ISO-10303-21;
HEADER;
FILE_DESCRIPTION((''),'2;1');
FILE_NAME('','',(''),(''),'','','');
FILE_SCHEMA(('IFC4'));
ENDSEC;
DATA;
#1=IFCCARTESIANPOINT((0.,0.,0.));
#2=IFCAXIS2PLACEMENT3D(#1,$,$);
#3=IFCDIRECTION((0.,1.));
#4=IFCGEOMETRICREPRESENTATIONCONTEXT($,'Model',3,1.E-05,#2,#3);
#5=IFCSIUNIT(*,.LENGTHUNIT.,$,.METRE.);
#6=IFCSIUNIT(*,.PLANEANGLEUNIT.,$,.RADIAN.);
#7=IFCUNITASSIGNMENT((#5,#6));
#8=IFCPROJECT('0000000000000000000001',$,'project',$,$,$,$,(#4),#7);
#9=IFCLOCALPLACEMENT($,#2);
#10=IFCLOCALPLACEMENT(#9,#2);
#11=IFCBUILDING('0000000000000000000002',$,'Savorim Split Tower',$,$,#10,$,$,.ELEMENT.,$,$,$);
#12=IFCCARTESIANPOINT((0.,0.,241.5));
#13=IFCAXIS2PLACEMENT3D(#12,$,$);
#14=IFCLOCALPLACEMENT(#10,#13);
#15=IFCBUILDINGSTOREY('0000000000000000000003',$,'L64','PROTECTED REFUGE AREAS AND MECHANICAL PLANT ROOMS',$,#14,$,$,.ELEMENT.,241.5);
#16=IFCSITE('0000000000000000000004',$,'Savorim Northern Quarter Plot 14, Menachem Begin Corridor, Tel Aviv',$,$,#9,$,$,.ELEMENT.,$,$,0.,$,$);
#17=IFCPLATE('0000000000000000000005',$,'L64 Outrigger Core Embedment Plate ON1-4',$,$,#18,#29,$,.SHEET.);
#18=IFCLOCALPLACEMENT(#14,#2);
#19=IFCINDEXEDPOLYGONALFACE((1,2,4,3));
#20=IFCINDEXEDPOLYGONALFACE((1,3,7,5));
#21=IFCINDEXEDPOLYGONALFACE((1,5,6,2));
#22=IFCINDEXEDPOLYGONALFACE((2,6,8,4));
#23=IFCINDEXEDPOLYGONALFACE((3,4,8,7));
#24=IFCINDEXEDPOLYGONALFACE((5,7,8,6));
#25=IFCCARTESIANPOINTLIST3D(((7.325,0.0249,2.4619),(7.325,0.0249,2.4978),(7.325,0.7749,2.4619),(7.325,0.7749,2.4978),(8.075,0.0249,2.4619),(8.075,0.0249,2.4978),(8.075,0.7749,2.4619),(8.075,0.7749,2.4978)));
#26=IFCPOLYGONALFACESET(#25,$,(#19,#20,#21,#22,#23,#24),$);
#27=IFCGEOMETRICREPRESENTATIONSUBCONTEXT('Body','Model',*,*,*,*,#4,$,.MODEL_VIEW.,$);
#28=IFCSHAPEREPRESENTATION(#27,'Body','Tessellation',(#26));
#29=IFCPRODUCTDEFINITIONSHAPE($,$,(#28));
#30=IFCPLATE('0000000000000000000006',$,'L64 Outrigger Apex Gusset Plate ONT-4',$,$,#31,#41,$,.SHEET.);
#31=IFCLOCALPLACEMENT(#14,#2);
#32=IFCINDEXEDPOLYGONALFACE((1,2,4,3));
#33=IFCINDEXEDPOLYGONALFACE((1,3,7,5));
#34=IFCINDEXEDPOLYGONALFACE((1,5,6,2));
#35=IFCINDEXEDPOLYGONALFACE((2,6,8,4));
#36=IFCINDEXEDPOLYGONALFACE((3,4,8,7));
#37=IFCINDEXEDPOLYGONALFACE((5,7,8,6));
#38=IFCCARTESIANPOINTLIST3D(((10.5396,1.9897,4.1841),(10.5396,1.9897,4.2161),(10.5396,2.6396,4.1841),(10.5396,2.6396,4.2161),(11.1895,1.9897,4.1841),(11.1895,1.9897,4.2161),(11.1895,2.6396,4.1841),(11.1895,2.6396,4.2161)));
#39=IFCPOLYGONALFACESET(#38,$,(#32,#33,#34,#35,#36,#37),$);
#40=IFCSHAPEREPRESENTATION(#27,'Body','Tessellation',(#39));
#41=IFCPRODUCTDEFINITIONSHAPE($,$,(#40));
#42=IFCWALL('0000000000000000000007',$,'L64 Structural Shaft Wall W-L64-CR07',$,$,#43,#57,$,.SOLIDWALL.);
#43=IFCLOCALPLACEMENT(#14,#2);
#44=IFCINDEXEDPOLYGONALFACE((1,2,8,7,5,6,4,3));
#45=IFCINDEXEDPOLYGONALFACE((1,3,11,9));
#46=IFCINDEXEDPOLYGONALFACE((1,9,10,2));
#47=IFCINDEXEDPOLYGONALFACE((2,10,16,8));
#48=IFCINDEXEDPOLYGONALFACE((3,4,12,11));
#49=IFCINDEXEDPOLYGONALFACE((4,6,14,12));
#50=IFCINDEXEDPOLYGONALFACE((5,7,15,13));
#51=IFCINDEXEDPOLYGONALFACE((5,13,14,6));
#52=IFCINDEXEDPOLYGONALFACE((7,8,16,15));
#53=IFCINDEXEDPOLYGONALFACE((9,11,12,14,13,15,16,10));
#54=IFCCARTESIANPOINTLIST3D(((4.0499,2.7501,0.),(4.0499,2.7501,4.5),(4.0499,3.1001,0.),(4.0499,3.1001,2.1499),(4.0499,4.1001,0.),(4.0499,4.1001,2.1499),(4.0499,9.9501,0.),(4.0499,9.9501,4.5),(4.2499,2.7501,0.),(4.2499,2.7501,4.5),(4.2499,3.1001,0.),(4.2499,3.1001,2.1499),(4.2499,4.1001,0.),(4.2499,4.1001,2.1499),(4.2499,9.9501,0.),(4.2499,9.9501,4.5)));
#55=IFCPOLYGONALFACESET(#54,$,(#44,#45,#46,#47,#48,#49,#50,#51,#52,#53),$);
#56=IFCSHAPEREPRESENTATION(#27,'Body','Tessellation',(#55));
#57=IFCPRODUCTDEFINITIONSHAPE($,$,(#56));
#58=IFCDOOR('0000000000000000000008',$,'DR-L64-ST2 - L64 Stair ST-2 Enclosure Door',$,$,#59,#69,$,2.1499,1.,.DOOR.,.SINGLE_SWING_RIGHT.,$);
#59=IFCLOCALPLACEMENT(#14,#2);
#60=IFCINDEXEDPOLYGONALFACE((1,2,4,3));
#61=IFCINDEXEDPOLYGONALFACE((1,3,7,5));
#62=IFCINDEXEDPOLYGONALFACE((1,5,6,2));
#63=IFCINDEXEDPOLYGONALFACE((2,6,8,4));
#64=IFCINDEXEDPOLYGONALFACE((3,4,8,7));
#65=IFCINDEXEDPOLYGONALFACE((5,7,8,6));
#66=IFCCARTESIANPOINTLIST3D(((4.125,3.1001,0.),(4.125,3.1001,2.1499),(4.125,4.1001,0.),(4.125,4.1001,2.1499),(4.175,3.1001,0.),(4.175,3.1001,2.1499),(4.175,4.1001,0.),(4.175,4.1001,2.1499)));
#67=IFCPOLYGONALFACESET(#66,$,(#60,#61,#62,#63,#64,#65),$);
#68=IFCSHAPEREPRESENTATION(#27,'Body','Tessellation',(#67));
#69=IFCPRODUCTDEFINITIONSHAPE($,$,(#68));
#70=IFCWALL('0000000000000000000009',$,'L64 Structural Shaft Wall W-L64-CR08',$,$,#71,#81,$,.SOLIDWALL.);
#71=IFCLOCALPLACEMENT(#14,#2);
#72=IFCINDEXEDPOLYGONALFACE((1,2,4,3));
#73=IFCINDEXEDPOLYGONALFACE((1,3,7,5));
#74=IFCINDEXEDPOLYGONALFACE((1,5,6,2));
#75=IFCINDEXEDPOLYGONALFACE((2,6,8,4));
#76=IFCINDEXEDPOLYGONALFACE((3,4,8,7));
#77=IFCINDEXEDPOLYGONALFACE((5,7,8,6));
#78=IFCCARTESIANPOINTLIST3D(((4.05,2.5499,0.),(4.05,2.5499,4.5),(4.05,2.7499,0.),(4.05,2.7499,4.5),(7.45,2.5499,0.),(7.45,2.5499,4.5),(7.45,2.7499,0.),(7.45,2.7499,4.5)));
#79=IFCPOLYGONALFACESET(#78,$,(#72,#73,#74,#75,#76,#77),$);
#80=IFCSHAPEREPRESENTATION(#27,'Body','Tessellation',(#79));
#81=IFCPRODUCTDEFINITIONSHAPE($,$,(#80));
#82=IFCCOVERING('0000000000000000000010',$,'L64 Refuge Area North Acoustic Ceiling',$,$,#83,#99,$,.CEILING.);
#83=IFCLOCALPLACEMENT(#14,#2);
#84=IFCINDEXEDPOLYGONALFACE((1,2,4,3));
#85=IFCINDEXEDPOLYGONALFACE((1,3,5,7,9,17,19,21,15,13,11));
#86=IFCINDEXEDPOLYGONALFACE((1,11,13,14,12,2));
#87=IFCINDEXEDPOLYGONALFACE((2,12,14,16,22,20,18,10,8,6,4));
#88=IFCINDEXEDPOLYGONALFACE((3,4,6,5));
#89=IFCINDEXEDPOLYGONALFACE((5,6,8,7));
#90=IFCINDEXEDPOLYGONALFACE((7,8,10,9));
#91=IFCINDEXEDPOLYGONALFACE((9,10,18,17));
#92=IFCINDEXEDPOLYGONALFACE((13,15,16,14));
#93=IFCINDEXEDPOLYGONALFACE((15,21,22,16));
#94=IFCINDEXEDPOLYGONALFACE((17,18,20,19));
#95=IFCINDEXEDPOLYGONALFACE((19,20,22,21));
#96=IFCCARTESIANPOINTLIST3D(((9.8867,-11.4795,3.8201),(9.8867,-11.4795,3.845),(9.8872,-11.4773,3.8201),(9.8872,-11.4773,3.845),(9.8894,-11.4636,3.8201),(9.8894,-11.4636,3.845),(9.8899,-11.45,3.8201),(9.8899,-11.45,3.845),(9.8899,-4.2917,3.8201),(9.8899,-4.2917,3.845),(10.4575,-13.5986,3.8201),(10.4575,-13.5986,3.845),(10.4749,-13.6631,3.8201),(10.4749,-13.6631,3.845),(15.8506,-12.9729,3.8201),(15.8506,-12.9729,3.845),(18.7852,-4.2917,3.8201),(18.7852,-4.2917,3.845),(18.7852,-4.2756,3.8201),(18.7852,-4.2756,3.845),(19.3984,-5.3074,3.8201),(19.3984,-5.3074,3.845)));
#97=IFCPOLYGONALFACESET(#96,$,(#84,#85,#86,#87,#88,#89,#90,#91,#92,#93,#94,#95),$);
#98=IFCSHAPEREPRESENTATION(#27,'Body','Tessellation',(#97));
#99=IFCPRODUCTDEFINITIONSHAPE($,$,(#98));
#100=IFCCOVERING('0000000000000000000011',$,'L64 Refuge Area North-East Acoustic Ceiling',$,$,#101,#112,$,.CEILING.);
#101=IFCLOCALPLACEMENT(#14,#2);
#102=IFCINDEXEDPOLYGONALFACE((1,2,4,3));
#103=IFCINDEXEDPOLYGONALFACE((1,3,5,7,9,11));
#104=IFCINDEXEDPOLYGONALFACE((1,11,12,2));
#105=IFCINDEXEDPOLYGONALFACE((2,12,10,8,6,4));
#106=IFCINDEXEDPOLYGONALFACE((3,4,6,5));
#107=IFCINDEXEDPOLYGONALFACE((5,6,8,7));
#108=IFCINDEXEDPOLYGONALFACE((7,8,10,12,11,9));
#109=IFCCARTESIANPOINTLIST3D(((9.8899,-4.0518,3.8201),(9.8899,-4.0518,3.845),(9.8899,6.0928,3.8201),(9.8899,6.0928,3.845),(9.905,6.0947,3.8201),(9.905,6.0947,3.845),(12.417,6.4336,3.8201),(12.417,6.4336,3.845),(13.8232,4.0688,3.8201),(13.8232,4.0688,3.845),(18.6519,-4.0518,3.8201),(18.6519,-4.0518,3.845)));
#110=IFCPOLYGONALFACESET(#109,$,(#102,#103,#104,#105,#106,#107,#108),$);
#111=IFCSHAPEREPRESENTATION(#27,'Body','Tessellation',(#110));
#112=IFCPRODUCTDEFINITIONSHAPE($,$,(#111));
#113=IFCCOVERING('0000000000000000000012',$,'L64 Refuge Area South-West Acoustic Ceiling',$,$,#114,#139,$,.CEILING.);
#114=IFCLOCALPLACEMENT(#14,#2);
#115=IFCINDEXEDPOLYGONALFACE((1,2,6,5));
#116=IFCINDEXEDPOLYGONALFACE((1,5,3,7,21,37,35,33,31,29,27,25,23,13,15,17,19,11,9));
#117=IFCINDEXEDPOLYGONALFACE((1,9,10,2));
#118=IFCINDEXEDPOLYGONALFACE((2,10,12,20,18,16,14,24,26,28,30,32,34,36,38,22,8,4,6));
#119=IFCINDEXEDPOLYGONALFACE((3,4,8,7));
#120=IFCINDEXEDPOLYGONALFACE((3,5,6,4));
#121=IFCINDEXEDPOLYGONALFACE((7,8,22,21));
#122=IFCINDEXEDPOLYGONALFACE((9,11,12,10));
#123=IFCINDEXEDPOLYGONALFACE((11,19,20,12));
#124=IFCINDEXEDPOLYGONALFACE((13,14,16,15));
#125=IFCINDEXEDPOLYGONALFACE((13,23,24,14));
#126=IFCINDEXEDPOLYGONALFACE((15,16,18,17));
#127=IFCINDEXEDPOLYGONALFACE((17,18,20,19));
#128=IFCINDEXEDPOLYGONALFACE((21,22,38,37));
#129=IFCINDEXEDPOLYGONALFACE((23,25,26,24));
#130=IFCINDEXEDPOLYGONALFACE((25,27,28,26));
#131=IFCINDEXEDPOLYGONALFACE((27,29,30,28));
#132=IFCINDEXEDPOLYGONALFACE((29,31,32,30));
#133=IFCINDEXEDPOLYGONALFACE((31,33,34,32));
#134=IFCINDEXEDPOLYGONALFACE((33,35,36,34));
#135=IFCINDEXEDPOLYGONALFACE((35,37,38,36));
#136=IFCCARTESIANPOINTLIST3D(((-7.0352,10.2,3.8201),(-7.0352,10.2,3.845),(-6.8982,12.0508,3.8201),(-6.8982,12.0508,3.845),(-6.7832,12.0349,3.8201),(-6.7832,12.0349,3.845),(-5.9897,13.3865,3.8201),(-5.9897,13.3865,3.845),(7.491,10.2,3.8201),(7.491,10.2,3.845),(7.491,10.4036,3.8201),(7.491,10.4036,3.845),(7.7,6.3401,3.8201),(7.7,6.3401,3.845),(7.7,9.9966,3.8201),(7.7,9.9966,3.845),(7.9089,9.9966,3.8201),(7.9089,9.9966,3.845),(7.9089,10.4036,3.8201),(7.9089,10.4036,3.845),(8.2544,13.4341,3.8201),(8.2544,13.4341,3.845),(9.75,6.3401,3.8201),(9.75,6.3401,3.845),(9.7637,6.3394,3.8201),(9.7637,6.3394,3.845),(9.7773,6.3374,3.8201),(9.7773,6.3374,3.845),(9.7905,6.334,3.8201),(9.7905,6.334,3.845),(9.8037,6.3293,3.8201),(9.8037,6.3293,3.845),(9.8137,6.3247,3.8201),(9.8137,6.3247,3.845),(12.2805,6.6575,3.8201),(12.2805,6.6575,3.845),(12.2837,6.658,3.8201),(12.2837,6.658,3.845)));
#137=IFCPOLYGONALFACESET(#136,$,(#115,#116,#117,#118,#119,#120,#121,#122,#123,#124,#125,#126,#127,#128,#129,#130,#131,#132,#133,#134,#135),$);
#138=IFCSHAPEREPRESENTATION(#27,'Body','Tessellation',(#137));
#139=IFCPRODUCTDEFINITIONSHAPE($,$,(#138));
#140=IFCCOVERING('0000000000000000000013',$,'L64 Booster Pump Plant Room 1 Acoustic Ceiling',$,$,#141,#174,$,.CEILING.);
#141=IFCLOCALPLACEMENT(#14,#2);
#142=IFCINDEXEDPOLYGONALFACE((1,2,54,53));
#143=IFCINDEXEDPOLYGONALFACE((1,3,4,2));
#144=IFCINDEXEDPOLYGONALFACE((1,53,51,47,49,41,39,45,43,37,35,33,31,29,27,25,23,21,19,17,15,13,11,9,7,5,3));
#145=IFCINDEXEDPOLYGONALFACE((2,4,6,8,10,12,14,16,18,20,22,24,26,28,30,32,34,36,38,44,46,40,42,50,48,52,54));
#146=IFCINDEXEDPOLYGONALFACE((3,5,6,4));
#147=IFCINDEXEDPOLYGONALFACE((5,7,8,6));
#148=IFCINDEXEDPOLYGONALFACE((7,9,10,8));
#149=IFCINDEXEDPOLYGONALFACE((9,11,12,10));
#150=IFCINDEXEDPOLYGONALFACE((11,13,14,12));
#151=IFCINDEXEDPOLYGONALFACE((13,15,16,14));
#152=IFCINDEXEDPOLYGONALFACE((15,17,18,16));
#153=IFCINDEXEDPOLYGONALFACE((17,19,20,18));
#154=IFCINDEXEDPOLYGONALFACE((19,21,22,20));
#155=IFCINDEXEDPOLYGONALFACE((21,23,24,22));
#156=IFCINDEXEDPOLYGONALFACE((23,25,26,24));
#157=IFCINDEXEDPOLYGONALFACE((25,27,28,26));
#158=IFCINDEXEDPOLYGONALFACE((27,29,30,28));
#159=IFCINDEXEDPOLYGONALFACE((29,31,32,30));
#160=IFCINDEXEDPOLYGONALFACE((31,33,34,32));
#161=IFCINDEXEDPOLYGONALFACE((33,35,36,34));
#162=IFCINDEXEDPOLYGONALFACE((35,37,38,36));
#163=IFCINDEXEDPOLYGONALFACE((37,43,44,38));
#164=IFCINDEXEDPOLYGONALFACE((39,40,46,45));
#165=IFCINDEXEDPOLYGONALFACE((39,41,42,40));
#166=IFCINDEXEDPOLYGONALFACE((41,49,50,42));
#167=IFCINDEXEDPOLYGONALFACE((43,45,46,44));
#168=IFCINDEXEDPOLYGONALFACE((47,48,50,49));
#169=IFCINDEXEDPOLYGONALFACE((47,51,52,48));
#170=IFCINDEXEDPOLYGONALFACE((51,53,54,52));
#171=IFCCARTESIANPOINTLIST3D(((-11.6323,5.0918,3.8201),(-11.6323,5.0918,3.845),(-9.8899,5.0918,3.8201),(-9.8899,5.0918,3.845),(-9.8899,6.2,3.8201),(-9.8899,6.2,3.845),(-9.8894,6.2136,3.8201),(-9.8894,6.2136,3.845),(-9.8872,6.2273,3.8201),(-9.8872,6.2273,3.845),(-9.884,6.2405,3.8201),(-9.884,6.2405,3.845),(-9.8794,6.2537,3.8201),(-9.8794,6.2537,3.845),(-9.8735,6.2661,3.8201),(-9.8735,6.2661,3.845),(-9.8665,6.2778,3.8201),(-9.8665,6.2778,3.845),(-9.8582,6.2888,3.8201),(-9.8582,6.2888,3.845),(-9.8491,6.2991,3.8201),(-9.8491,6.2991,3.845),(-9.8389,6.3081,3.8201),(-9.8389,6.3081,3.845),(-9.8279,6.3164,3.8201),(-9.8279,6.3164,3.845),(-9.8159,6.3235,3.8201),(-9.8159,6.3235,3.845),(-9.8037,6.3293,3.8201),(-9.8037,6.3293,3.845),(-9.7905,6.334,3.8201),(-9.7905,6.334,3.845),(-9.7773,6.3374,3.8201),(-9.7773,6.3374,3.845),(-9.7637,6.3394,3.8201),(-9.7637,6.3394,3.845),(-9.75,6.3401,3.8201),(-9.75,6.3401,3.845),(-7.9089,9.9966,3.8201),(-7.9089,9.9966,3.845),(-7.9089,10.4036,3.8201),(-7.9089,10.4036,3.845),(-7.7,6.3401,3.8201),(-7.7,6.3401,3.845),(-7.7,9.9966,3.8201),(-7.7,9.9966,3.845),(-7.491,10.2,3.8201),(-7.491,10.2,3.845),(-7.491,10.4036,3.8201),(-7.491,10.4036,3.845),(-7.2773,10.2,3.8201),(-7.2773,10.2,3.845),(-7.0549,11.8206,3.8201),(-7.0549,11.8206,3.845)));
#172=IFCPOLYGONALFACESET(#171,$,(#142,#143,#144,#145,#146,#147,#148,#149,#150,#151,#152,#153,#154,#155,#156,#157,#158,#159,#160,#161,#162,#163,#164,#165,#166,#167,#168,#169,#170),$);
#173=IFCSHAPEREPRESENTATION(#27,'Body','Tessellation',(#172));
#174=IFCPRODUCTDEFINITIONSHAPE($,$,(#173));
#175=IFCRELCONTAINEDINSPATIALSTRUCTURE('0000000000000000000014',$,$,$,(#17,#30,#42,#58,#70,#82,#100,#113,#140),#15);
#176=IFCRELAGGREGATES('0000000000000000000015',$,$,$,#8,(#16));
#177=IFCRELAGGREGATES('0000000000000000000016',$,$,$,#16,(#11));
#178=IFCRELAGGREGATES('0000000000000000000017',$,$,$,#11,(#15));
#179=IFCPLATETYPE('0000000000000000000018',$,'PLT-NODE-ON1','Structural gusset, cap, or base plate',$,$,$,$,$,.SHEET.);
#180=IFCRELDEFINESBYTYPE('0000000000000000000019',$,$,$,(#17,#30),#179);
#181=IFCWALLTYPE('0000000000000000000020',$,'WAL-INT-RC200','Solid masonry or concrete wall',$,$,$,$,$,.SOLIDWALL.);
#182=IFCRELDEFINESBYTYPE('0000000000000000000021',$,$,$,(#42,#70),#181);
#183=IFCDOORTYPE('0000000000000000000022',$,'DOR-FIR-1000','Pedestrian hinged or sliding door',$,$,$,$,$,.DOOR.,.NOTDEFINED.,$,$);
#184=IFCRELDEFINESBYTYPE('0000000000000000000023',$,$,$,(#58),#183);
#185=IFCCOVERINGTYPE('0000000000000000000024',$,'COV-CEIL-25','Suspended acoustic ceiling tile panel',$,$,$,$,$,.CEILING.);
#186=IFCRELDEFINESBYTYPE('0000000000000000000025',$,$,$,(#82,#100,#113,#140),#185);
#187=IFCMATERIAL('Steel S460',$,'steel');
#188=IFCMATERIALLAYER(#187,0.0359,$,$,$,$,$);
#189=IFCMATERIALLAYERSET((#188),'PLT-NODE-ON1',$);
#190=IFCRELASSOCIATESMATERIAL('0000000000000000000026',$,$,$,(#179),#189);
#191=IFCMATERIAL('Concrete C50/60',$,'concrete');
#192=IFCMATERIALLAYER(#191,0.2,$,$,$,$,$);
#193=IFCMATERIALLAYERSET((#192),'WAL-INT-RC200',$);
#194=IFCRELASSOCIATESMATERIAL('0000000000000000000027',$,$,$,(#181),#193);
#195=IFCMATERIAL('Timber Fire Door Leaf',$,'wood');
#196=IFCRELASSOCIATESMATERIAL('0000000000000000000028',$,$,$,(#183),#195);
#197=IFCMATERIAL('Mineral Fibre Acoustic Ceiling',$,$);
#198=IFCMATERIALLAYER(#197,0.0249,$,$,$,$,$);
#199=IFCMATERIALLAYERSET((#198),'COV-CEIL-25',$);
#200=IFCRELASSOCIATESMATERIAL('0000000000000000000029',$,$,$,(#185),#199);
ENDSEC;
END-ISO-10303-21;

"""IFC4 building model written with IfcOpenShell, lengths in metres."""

from ifc_helpers import new_model, si_unit, direction, frame, frame_2d, origin, origin_2d, place, context, subcontext, project, spatial, polyline, rectangle, outline, extrude, material, layer, layer_set, type_object, element, fill, save


model = new_model("IFC4")

# Units and contexts
model_context = context("Model", 3, precision=1e-05, world=origin(), true_north=direction((0.0, 1.0)))
body_context = subcontext(model_context, "Body", "Model", "MODEL_VIEW")
ifc_project = project(units=[si_unit("LENGTHUNIT", "METRE"), si_unit("PLANEANGLEUNIT", "RADIAN")], contexts=[model_context])

# Site, building, storey
site_placement = place(None, origin())
site = spatial("IfcSite", under=ifc_project, at=site_placement, Name="Savorim Northern Quarter Plot 14, Menachem Begin Corridor, Tel Aviv", CompositionType="ELEMENT", RefElevation=0.0)
building_placement = place(site_placement, origin())
building = spatial("IfcBuilding", under=site, at=building_placement, Name="Savorim Split Tower", CompositionType="ELEMENT")
storey_placement = place(building_placement, frame((0.0, 0.0, 241.5)))
storey = spatial("IfcBuildingStorey", under=building, at=storey_placement, Name="L64", Description="PROTECTED REFUGE AREAS AND MECHANICAL PLANT ROOMS", CompositionType="ELEMENT", Elevation=241.5)

# Shared definitions
ifc_material_1 = material(Name="Steel S460", Category="steel")

# Plates
ifc_layer_1 = layer(ifc_material_1, 0.0359)
ifc_layer_set_1 = layer_set([ifc_layer_1], Name="PLT-NODE-ON1")
plate_type_1 = type_object("IfcPlateType", Name="PLT-NODE-ON1", Description="Structural gusset, cap, or base plate", PredefinedType="SHEET", material=ifc_layer_set_1)
plate_1_placement = place(storey_placement, frame((7.7, 0.3999, 2.4619), z_axis=(0.0, 0.0, 1.0), x_axis=(1.0, 0.0, 0.0)))
element("IfcPlate", 1, at=plate_1_placement, inside=storey, type_object=plate_type_1, Name="L64 Outrigger Core Embedment Plate ON1-4", PredefinedType="SHEET", context=body_context, shape_type="SweptSolid", body=[
    extrude(rectangle(XDim=0.75, YDim=0.75, at=origin_2d()), origin(), (0.0, 0.0, 1.0), 0.0359),
])
plate_2_placement = place(storey_placement, frame((10.8645, 2.3147, 4.1841), z_axis=(0.0, 0.0, 1.0), x_axis=(1.0, 0.0, 0.0)))
element("IfcPlate", 2, at=plate_2_placement, inside=storey, type_object=plate_type_1, Name="L64 Outrigger Apex Gusset Plate ONT-4", PredefinedType="SHEET", context=body_context, shape_type="SweptSolid", body=[
    extrude(rectangle(XDim=0.6499, YDim=0.6499, at=origin_2d()), origin(), (0.0, 0.0, 1.0), 0.032),
])

# Wall, opening, door
ifc_material_2 = material(Name="Concrete C50/60", Category="concrete")
ifc_layer_2 = layer(ifc_material_2, 0.2)
ifc_layer_set_2 = layer_set([ifc_layer_2], Name="WAL-INT-RC200")
wall_type = type_object("IfcWallType", Name="WAL-INT-RC200", Description="Solid masonry or concrete wall", PredefinedType="SOLIDWALL", material=ifc_layer_set_2)
wall_1_placement = place(storey_placement, frame((4.1499, 2.75, 0.0), z_axis=(0.0, 0.0, 1.0), x_axis=(0.0, 1.0, 0.0)))
wall_1 = element("IfcWall", 3, at=wall_1_placement, inside=storey, type_object=wall_type, Name="L64 Structural Shaft Wall W-L64-CR07", PredefinedType="SOLIDWALL", context=body_context, shape_type="SweptSolid", body=[
    extrude(rectangle(XDim=7.2, YDim=0.2, at=frame_2d((3.6001, 0.0))), origin(), (0.0, 0.0, 1.0), 4.5),
])
opening_1_placement = place(wall_1_placement, frame((0.3501, 0.0, 0.0)))
opening_1 = element("IfcOpeningElement", 4, at=opening_1_placement, cuts=wall_1, PredefinedType="OPENING", context=body_context, shape_type="SweptSolid", body=[
    extrude(rectangle(XDim=1.0, YDim=2.1499, at=frame_2d((0.5, 1.075))), frame((0.0, 0.1099, 0.0), z_axis=(0.0, -1.0, 0.0), x_axis=(1.0, 0.0, 0.0)), (0.0, 0.0, 1.0), 0.22),
])
ifc_material_3 = material(Name="Timber Fire Door Leaf", Category="wood")
door_type_1 = type_object("IfcDoorType", Name="DOR-FIR-1000", Description="Pedestrian hinged or sliding door", OperationType="NOTDEFINED", PredefinedType="DOOR", material=ifc_material_3)
door_1_placement = place(opening_1_placement, origin())
door_1 = element("IfcDoor", 5, at=door_1_placement, inside=storey, type_object=door_type_1, Name="DR-L64-ST2 - L64 Stair ST-2 Enclosure Door", OperationType="SINGLE_SWING_RIGHT", OverallHeight=2.1499, OverallWidth=1.0, PredefinedType="DOOR", context=body_context, shape_type="SweptSolid", body=[
    extrude(rectangle(XDim=1.0, YDim=2.1499, at=frame_2d((0.5, 1.075))), frame((0.0, 0.0249, 0.0), z_axis=(0.0, -1.0, 0.0), x_axis=(1.0, 0.0, 0.0)), (0.0, 0.0, 1.0), 0.05),
])
fill(opening_1, door_1)

# Wall
wall_2_placement = place(storey_placement, frame((4.05, 2.6499, 0.0), z_axis=(0.0, 0.0, 1.0), x_axis=(1.0, 0.0, 0.0)))
element("IfcWall", 6, at=wall_2_placement, inside=storey, type_object=wall_type, Name="L64 Structural Shaft Wall W-L64-CR08", PredefinedType="SOLIDWALL", context=body_context, shape_type="SweptSolid", body=[
    extrude(rectangle(XDim=3.3999, YDim=0.2, at=frame_2d((1.7, 0.0))), origin(), (0.0, 0.0, 1.0), 4.5),
])

# Coverings
ifc_material_4 = material(Name="Mineral Fibre Acoustic Ceiling")
ifc_layer_3 = layer(ifc_material_4, 0.0249)
ifc_layer_set_3 = layer_set([ifc_layer_3], Name="COV-CEIL-25")
covering_type_1 = type_object("IfcCoveringType", Name="COV-CEIL-25", Description="Suspended acoustic ceiling tile panel", PredefinedType="CEILING", material=ifc_layer_set_3)
covering_1_placement = place(storey_placement, frame((0.0, 0.0, 3.8201)))
element("IfcCovering", 7, at=covering_1_placement, inside=storey, type_object=covering_type_1, Name="L64 Refuge Area North Acoustic Ceiling", PredefinedType="CEILING", context=body_context, shape_type="SweptSolid", body=[
    extrude(outline(polyline([(10.4749, -13.6631), (15.8506, -12.9729), (19.3984, -5.3074), (18.7852, -4.2756), (18.7852, -4.2917), (9.8899, -4.2917), (9.8899, -11.45), (9.8894, -11.4636), (9.8872, -11.4773), (9.8867, -11.4795), (10.4575, -13.5986), (10.4749, -13.6631)])), origin(), (0.0, 0.0, 1.0), 0.0249),
])
covering_2_placement = place(storey_placement, frame((0.0, 0.0, 3.8201)))
element("IfcCovering", 8, at=covering_2_placement, inside=storey, type_object=covering_type_1, Name="L64 Refuge Area North-East Acoustic Ceiling", PredefinedType="CEILING", context=body_context, shape_type="SweptSolid", body=[
    extrude(outline(polyline([(9.8899, -4.0518), (18.6519, -4.0518), (13.8232, 4.0688), (12.417, 6.4336), (9.905, 6.0947), (9.8899, 6.0928), (9.8899, -4.0518)])), origin(), (0.0, 0.0, 1.0), 0.0249),
])
covering_3_placement = place(storey_placement, frame((0.0, 0.0, 3.8201)))
element("IfcCovering", 9, at=covering_3_placement, inside=storey, type_object=covering_type_1, Name="L64 Refuge Area South-West Acoustic Ceiling", PredefinedType="CEILING", context=body_context, shape_type="SweptSolid", body=[
    extrude(outline(polyline([(12.2837, 6.658), (8.2544, 13.4341), (-5.9897, 13.3865), (-6.8982, 12.0508), (-6.7832, 12.0349), (-7.0352, 10.2), (7.491, 10.2), (7.491, 10.4036), (7.9089, 10.4036), (7.9089, 9.9966), (7.7, 9.9966), (7.7, 6.3401), (9.75, 6.3401), (9.7637, 6.3394), (9.7773, 6.3374), (9.7905, 6.334), (9.8037, 6.3293), (9.8137, 6.3247), (12.2805, 6.6575), (12.2837, 6.658)])), origin(), (0.0, 0.0, 1.0), 0.0249),
])
covering_4_placement = place(storey_placement, frame((0.0, 0.0, 3.8201)))
element("IfcCovering", 10, at=covering_4_placement, inside=storey, type_object=covering_type_1, Name="L64 Booster Pump Plant Room 1 Acoustic Ceiling", PredefinedType="CEILING", context=body_context, shape_type="SweptSolid", body=[
    extrude(outline(polyline([(-7.491, 10.2), (-7.2773, 10.2), (-7.0549, 11.8206), (-11.6323, 5.0918), (-9.8899, 5.0918), (-9.8899, 6.2), (-9.8894, 6.2136), (-9.8872, 6.2273), (-9.884, 6.2405), (-9.8794, 6.2537), (-9.8735, 6.2661), (-9.8665, 6.2778), (-9.8582, 6.2888), (-9.8491, 6.2991), (-9.8389, 6.3081), (-9.8279, 6.3164), (-9.8159, 6.3235), (-9.8037, 6.3293), (-9.7905, 6.334), (-9.7773, 6.3374), (-9.7637, 6.3394), (-9.75, 6.3401), (-7.7, 6.3401), (-7.7, 9.9966), (-7.9089, 9.9966), (-7.9089, 10.4036), (-7.491, 10.4036), (-7.491, 10.2)])), origin(), (0.0, 0.0, 1.0), 0.0249),
])

save(model, "model.ifc")
